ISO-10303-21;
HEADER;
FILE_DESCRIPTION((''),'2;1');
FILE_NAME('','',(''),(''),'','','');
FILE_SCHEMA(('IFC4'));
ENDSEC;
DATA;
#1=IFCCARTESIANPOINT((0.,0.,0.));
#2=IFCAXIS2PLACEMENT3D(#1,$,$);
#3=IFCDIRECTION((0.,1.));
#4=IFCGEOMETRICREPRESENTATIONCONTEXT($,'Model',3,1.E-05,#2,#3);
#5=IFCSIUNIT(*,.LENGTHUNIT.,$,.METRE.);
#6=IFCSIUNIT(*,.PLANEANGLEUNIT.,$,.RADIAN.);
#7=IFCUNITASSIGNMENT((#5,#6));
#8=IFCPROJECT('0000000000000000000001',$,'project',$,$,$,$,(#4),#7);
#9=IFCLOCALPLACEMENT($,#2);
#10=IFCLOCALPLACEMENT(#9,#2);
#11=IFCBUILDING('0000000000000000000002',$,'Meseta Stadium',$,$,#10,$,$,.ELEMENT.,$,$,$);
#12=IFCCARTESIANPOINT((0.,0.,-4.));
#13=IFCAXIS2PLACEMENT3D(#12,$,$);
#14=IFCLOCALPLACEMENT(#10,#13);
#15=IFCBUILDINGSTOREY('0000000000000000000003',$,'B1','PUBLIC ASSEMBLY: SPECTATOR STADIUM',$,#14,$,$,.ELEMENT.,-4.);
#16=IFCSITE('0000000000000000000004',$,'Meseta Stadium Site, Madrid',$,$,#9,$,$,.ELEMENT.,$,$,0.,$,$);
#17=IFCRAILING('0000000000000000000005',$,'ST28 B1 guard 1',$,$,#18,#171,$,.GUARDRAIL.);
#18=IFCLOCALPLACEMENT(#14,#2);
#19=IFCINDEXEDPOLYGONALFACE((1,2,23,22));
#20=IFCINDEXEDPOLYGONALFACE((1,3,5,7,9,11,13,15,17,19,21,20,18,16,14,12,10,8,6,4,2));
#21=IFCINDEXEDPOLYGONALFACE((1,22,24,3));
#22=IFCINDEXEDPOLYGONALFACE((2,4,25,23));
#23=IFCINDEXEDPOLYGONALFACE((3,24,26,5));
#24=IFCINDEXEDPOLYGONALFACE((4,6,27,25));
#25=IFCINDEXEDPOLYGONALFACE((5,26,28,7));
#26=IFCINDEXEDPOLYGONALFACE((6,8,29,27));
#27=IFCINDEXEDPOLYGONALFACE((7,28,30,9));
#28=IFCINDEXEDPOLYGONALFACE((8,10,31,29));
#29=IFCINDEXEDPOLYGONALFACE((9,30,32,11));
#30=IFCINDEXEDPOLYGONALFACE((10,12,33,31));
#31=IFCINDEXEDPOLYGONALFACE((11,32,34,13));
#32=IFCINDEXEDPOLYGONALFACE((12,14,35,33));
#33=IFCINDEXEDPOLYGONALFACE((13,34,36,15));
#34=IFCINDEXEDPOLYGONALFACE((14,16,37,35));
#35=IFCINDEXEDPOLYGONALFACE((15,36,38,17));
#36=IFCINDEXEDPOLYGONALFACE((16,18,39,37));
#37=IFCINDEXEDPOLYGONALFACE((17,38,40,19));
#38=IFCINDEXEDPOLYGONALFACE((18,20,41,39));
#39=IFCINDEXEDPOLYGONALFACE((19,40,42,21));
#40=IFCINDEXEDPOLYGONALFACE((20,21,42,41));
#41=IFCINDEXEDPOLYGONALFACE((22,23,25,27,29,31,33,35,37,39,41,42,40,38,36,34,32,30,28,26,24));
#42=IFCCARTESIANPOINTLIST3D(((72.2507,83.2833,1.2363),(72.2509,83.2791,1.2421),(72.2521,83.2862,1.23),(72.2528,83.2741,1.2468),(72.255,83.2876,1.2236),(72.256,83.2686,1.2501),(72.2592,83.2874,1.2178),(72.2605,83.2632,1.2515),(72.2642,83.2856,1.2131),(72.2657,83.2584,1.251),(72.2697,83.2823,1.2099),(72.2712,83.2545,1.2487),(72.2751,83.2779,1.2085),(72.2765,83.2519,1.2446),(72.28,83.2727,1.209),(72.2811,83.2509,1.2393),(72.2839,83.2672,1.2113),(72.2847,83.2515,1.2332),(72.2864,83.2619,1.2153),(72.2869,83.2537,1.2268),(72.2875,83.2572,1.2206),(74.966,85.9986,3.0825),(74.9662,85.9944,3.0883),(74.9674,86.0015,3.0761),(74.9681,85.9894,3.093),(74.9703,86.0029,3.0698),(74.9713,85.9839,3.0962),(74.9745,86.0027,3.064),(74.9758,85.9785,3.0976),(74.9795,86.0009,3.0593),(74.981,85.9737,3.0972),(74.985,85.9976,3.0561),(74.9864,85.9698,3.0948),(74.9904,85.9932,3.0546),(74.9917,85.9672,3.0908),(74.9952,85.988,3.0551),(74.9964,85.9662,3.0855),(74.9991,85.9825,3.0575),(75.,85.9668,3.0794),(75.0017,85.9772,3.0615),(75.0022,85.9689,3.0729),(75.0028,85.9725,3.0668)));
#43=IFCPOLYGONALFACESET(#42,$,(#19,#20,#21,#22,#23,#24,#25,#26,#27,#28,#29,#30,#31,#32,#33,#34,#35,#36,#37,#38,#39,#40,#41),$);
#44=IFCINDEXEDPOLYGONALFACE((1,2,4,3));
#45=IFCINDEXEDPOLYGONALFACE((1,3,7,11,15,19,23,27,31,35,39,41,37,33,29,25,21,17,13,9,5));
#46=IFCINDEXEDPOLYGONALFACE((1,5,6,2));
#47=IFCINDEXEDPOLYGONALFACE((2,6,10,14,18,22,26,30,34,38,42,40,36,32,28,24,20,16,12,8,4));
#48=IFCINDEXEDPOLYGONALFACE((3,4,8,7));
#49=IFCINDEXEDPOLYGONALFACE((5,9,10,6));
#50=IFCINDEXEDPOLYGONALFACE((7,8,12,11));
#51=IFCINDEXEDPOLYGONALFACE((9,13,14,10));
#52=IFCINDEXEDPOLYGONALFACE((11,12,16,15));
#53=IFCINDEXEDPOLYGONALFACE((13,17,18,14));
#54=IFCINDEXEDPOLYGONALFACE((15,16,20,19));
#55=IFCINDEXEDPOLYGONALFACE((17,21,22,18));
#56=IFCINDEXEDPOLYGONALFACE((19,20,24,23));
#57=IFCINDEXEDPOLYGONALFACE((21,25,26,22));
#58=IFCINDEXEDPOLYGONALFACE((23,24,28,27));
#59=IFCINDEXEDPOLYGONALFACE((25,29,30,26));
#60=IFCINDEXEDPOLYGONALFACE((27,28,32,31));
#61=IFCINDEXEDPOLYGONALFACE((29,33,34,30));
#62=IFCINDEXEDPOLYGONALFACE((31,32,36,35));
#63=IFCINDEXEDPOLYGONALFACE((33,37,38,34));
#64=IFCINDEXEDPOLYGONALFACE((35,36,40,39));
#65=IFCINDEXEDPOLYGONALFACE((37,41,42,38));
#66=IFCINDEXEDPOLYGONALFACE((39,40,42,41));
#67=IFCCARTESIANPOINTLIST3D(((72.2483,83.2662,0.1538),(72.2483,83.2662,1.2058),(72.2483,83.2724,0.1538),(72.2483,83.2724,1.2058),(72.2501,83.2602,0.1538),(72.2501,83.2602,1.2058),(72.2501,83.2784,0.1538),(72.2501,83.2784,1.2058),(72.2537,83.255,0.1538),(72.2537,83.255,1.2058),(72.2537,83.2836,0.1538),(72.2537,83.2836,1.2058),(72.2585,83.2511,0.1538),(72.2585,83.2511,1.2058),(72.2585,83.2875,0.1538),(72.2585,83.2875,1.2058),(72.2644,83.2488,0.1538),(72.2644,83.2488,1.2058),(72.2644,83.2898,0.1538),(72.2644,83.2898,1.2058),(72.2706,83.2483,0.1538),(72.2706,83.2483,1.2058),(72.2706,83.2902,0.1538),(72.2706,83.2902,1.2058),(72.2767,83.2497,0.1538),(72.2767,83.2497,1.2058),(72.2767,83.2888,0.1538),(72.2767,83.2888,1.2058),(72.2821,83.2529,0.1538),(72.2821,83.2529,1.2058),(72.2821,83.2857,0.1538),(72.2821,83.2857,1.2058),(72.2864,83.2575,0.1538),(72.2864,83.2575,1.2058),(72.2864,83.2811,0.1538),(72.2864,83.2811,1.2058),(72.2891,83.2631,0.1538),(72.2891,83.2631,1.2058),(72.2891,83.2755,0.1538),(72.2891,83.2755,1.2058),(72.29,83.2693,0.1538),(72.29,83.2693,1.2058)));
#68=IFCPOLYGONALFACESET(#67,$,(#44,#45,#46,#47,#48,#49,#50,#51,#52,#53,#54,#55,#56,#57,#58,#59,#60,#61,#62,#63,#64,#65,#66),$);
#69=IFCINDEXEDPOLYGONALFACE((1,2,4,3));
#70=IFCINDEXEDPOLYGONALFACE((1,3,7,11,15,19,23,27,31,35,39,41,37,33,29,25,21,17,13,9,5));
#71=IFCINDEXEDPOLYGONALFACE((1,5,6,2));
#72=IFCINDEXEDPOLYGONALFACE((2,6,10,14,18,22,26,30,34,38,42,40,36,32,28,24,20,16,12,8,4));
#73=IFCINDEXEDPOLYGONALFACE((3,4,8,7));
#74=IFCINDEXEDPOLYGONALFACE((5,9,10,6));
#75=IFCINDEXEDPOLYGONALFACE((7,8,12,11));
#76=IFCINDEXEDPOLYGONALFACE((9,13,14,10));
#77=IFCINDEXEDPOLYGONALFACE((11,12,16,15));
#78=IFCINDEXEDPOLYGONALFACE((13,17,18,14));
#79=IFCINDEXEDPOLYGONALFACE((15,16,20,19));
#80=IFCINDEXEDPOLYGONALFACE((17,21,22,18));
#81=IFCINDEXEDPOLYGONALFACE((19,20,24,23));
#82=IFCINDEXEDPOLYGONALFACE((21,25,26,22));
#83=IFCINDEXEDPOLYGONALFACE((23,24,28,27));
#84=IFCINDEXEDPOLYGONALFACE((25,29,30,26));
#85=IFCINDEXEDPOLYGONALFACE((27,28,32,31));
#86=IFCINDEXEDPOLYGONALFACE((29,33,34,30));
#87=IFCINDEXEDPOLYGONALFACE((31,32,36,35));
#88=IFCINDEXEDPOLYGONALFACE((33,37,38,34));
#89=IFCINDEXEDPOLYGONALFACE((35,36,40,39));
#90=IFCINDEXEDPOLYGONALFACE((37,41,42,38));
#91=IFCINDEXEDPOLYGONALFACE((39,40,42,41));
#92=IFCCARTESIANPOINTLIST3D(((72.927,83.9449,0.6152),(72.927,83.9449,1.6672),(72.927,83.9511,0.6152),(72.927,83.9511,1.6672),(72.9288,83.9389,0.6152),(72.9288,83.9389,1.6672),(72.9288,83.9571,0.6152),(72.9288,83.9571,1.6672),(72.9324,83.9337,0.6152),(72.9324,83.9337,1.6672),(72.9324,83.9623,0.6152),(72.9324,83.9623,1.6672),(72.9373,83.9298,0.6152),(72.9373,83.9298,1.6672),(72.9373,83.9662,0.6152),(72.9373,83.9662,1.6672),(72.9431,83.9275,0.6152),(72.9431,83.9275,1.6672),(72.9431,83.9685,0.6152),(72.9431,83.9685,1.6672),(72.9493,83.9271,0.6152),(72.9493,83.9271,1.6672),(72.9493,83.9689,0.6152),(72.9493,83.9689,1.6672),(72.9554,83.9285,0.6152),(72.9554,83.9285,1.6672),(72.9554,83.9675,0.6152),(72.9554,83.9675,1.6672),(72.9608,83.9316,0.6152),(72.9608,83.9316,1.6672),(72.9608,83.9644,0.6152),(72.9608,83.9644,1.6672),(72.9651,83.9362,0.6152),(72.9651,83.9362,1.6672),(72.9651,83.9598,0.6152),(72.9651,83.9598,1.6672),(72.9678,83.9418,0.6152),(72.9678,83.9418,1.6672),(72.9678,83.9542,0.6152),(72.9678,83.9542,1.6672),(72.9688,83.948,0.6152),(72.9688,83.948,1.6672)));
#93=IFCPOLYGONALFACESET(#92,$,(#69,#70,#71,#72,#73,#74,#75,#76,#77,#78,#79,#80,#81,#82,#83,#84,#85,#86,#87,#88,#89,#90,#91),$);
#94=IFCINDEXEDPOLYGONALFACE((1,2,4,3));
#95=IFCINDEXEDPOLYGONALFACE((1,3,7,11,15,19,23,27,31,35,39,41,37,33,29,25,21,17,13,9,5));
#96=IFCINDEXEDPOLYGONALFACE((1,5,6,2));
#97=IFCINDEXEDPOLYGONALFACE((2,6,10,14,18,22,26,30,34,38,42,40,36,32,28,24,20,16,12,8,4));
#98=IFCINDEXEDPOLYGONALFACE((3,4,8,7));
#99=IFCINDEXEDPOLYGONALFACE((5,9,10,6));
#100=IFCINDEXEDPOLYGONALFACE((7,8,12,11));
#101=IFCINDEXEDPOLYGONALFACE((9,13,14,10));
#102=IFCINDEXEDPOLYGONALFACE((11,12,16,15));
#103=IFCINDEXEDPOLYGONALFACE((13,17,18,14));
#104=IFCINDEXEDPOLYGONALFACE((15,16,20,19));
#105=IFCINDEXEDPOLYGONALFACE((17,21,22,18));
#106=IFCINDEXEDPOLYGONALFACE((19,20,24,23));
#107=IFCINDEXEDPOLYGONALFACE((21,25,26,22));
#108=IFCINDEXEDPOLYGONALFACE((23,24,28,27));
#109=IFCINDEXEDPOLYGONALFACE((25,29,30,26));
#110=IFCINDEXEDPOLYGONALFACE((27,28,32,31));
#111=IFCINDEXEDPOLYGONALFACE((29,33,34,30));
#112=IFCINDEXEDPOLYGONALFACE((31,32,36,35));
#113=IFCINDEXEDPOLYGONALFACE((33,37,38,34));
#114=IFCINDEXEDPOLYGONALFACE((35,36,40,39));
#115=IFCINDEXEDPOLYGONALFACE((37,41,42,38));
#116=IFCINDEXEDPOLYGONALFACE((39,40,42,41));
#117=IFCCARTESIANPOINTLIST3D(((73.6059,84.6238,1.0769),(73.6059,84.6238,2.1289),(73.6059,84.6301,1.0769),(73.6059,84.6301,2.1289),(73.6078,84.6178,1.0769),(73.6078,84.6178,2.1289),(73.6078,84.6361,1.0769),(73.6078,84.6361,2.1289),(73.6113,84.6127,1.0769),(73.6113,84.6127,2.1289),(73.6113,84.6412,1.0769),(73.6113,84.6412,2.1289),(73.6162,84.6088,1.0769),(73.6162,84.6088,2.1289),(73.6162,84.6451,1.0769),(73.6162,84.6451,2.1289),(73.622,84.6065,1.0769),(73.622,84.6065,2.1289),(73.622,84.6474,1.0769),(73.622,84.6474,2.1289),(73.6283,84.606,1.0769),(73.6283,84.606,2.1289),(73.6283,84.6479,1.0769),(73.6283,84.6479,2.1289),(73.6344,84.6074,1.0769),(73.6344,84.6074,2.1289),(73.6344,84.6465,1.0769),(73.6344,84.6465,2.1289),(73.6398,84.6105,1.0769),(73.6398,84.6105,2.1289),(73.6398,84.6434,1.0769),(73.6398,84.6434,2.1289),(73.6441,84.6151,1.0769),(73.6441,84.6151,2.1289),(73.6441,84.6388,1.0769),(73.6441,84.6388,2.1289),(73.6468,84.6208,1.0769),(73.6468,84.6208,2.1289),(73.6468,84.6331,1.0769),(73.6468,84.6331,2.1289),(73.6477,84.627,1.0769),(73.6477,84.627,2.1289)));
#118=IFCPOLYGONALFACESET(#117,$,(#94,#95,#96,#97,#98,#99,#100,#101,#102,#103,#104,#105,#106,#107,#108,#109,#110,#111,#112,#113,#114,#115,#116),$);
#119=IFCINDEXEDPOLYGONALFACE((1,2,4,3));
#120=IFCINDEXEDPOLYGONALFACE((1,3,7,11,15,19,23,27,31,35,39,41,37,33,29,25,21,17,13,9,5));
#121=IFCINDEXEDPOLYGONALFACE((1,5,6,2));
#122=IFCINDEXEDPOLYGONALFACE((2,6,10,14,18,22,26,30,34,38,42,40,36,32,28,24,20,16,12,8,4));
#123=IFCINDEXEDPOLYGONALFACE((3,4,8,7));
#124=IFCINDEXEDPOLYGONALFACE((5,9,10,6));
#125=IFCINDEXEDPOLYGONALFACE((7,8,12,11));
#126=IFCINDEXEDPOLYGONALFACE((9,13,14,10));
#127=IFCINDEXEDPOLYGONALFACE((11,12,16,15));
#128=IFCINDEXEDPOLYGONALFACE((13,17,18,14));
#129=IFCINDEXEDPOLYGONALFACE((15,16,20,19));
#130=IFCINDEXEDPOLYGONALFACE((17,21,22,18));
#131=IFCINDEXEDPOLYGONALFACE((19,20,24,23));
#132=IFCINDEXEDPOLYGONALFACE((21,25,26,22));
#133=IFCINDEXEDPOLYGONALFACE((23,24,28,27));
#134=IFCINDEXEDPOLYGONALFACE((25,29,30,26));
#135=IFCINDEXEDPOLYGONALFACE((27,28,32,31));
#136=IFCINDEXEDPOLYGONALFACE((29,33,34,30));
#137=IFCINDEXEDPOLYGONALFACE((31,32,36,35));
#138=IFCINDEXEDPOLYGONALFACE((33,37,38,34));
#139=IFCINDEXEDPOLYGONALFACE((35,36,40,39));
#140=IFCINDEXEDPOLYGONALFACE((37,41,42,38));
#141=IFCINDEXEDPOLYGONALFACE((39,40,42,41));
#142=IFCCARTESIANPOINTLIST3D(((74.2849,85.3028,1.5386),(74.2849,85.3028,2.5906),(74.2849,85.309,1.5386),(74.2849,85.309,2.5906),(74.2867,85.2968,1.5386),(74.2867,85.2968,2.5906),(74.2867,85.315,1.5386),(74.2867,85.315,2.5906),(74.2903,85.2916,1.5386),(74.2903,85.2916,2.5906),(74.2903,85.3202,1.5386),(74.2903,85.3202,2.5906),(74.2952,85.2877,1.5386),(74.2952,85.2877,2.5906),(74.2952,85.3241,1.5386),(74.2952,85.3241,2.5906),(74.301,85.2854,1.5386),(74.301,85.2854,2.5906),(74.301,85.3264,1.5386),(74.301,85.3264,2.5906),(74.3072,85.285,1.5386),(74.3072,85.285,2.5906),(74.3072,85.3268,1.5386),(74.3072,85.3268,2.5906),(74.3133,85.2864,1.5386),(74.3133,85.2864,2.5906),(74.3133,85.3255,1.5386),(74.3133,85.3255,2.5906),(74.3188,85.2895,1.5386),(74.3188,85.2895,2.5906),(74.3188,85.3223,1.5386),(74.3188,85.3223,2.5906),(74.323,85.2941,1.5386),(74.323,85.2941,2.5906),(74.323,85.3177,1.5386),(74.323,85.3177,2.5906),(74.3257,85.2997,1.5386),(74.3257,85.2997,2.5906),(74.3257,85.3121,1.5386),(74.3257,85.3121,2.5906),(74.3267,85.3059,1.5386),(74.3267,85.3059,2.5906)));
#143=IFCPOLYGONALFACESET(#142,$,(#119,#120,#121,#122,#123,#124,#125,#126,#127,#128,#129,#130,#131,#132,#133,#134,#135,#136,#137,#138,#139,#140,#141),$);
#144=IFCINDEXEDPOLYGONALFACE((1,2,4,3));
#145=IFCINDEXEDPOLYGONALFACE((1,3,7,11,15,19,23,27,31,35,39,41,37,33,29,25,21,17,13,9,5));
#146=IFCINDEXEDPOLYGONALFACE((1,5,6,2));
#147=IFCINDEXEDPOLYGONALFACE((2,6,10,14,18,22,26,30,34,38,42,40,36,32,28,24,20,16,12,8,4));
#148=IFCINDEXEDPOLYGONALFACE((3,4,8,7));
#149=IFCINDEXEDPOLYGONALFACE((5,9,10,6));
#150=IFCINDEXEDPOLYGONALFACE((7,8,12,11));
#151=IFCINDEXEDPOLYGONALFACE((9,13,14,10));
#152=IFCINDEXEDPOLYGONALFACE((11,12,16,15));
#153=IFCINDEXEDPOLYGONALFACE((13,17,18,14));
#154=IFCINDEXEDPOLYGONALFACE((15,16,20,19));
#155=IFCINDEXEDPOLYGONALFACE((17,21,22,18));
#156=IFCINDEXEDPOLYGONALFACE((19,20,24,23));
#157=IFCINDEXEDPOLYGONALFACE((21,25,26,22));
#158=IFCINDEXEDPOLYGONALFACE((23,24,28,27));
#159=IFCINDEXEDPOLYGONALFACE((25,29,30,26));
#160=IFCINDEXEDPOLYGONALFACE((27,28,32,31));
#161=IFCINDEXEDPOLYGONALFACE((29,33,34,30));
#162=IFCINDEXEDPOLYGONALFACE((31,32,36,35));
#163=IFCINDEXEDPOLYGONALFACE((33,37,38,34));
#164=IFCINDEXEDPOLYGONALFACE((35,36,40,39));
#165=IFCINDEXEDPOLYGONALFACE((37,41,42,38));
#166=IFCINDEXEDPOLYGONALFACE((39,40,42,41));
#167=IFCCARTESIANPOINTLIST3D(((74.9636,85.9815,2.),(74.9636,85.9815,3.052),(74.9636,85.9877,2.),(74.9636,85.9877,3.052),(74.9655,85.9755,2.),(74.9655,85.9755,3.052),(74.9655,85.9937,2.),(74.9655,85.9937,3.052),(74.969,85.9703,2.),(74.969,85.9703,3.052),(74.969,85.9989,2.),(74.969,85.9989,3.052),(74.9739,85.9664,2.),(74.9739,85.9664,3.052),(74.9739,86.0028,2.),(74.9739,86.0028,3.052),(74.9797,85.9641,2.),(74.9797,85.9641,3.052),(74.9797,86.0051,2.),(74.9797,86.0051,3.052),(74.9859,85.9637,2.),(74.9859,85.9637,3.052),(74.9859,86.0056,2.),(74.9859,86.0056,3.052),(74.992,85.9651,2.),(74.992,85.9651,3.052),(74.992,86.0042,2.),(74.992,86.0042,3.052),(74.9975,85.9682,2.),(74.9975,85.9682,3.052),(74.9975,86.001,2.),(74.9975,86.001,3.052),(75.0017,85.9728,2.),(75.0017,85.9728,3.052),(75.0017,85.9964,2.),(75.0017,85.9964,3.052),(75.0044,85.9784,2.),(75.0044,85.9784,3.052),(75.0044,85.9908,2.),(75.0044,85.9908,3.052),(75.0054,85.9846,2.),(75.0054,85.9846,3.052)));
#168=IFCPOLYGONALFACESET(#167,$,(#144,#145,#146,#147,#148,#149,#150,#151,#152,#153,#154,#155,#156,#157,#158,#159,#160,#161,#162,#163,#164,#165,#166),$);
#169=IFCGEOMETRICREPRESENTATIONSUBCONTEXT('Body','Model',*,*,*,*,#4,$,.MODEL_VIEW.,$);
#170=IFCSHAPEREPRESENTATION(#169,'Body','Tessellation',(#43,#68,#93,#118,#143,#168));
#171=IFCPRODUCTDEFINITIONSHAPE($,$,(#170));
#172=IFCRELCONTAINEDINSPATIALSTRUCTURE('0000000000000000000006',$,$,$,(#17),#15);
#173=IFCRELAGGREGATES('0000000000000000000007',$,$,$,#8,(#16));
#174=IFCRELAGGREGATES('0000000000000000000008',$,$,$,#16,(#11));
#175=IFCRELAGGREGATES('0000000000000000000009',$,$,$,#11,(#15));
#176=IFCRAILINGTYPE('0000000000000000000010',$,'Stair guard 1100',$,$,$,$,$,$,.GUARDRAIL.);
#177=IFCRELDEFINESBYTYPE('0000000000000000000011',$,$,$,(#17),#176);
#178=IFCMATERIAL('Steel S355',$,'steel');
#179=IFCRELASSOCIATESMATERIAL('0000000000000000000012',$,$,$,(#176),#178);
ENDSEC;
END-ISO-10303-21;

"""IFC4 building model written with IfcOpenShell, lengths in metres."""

from ifc_helpers import new_model, si_unit, direction, frame, origin, origin_2d, place, context, subcontext, project, spatial, circle, extrude, material, type_object, element, save


model = new_model("IFC4")

# Units and contexts
model_context = context("Model", 3, precision=1e-05, world=origin(), true_north=direction((0.0, 1.0)))
body_context = subcontext(model_context, "Body", "Model", "MODEL_VIEW")
ifc_project = project(units=[si_unit("LENGTHUNIT", "METRE"), si_unit("PLANEANGLEUNIT", "RADIAN")], contexts=[model_context])

# Site, building, storey
site_placement = place(None, origin())
site = spatial("IfcSite", under=ifc_project, at=site_placement, Name="Meseta Stadium Site, Madrid", CompositionType="ELEMENT", RefElevation=0.0)
building_placement = place(site_placement, origin())
building = spatial("IfcBuilding", under=site, at=building_placement, Name="Meseta Stadium", CompositionType="ELEMENT")
storey_placement = place(building_placement, frame((0.0, 0.0, -4.0)))
storey = spatial("IfcBuildingStorey", under=building, at=storey_placement, Name="B1", Description="PUBLIC ASSEMBLY: SPECTATOR STADIUM", CompositionType="ELEMENT", Elevation=-4.0)

# Railing
ifc_material_1 = material(Name="Steel S355", Category="steel")
railing_type_1 = type_object("IfcRailingType", Name="Stair guard 1100", PredefinedType="GUARDRAIL", material=ifc_material_1)
railing_1_placement = place(storey_placement, frame((72.269, 83.2693, 0.1538)))
element("IfcRailing", 1, at=railing_1_placement, inside=storey, type_object=railing_type_1, Name="ST28 B1 guard 1", PredefinedType="GUARDRAIL", context=body_context, shape_type="SweptSolid", body=[
    extrude(circle(Radius=0.0239, at=origin_2d()), frame((0.0, 0.0, 1.0762), z_axis=(0.637281, 0.637281, 0.433296), x_axis=(-0.707107, 0.707107, 0.0)), (0.0, 0.0, 1.0), 4.2607),
    extrude(circle(Radius=0.021, at=origin_2d()), origin(), (0.0, 0.0, 1.0), 1.052),
    extrude(circle(Radius=0.021, at=origin_2d()), frame((0.6787, 0.6787, 0.4614)), (0.0, 0.0, 1.0), 1.052),
    extrude(circle(Radius=0.021, at=origin_2d()), frame((1.3577, 1.3577, 0.9231)), (0.0, 0.0, 1.0), 1.052),
    extrude(circle(Radius=0.021, at=origin_2d()), frame((2.0366, 2.0366, 1.3848)), (0.0, 0.0, 1.0), 1.052),
    extrude(circle(Radius=0.021, at=origin_2d()), frame((2.7153, 2.7153, 1.8462)), (0.0, 0.0, 1.0), 1.052),
])

save(model, "model.ifc")
